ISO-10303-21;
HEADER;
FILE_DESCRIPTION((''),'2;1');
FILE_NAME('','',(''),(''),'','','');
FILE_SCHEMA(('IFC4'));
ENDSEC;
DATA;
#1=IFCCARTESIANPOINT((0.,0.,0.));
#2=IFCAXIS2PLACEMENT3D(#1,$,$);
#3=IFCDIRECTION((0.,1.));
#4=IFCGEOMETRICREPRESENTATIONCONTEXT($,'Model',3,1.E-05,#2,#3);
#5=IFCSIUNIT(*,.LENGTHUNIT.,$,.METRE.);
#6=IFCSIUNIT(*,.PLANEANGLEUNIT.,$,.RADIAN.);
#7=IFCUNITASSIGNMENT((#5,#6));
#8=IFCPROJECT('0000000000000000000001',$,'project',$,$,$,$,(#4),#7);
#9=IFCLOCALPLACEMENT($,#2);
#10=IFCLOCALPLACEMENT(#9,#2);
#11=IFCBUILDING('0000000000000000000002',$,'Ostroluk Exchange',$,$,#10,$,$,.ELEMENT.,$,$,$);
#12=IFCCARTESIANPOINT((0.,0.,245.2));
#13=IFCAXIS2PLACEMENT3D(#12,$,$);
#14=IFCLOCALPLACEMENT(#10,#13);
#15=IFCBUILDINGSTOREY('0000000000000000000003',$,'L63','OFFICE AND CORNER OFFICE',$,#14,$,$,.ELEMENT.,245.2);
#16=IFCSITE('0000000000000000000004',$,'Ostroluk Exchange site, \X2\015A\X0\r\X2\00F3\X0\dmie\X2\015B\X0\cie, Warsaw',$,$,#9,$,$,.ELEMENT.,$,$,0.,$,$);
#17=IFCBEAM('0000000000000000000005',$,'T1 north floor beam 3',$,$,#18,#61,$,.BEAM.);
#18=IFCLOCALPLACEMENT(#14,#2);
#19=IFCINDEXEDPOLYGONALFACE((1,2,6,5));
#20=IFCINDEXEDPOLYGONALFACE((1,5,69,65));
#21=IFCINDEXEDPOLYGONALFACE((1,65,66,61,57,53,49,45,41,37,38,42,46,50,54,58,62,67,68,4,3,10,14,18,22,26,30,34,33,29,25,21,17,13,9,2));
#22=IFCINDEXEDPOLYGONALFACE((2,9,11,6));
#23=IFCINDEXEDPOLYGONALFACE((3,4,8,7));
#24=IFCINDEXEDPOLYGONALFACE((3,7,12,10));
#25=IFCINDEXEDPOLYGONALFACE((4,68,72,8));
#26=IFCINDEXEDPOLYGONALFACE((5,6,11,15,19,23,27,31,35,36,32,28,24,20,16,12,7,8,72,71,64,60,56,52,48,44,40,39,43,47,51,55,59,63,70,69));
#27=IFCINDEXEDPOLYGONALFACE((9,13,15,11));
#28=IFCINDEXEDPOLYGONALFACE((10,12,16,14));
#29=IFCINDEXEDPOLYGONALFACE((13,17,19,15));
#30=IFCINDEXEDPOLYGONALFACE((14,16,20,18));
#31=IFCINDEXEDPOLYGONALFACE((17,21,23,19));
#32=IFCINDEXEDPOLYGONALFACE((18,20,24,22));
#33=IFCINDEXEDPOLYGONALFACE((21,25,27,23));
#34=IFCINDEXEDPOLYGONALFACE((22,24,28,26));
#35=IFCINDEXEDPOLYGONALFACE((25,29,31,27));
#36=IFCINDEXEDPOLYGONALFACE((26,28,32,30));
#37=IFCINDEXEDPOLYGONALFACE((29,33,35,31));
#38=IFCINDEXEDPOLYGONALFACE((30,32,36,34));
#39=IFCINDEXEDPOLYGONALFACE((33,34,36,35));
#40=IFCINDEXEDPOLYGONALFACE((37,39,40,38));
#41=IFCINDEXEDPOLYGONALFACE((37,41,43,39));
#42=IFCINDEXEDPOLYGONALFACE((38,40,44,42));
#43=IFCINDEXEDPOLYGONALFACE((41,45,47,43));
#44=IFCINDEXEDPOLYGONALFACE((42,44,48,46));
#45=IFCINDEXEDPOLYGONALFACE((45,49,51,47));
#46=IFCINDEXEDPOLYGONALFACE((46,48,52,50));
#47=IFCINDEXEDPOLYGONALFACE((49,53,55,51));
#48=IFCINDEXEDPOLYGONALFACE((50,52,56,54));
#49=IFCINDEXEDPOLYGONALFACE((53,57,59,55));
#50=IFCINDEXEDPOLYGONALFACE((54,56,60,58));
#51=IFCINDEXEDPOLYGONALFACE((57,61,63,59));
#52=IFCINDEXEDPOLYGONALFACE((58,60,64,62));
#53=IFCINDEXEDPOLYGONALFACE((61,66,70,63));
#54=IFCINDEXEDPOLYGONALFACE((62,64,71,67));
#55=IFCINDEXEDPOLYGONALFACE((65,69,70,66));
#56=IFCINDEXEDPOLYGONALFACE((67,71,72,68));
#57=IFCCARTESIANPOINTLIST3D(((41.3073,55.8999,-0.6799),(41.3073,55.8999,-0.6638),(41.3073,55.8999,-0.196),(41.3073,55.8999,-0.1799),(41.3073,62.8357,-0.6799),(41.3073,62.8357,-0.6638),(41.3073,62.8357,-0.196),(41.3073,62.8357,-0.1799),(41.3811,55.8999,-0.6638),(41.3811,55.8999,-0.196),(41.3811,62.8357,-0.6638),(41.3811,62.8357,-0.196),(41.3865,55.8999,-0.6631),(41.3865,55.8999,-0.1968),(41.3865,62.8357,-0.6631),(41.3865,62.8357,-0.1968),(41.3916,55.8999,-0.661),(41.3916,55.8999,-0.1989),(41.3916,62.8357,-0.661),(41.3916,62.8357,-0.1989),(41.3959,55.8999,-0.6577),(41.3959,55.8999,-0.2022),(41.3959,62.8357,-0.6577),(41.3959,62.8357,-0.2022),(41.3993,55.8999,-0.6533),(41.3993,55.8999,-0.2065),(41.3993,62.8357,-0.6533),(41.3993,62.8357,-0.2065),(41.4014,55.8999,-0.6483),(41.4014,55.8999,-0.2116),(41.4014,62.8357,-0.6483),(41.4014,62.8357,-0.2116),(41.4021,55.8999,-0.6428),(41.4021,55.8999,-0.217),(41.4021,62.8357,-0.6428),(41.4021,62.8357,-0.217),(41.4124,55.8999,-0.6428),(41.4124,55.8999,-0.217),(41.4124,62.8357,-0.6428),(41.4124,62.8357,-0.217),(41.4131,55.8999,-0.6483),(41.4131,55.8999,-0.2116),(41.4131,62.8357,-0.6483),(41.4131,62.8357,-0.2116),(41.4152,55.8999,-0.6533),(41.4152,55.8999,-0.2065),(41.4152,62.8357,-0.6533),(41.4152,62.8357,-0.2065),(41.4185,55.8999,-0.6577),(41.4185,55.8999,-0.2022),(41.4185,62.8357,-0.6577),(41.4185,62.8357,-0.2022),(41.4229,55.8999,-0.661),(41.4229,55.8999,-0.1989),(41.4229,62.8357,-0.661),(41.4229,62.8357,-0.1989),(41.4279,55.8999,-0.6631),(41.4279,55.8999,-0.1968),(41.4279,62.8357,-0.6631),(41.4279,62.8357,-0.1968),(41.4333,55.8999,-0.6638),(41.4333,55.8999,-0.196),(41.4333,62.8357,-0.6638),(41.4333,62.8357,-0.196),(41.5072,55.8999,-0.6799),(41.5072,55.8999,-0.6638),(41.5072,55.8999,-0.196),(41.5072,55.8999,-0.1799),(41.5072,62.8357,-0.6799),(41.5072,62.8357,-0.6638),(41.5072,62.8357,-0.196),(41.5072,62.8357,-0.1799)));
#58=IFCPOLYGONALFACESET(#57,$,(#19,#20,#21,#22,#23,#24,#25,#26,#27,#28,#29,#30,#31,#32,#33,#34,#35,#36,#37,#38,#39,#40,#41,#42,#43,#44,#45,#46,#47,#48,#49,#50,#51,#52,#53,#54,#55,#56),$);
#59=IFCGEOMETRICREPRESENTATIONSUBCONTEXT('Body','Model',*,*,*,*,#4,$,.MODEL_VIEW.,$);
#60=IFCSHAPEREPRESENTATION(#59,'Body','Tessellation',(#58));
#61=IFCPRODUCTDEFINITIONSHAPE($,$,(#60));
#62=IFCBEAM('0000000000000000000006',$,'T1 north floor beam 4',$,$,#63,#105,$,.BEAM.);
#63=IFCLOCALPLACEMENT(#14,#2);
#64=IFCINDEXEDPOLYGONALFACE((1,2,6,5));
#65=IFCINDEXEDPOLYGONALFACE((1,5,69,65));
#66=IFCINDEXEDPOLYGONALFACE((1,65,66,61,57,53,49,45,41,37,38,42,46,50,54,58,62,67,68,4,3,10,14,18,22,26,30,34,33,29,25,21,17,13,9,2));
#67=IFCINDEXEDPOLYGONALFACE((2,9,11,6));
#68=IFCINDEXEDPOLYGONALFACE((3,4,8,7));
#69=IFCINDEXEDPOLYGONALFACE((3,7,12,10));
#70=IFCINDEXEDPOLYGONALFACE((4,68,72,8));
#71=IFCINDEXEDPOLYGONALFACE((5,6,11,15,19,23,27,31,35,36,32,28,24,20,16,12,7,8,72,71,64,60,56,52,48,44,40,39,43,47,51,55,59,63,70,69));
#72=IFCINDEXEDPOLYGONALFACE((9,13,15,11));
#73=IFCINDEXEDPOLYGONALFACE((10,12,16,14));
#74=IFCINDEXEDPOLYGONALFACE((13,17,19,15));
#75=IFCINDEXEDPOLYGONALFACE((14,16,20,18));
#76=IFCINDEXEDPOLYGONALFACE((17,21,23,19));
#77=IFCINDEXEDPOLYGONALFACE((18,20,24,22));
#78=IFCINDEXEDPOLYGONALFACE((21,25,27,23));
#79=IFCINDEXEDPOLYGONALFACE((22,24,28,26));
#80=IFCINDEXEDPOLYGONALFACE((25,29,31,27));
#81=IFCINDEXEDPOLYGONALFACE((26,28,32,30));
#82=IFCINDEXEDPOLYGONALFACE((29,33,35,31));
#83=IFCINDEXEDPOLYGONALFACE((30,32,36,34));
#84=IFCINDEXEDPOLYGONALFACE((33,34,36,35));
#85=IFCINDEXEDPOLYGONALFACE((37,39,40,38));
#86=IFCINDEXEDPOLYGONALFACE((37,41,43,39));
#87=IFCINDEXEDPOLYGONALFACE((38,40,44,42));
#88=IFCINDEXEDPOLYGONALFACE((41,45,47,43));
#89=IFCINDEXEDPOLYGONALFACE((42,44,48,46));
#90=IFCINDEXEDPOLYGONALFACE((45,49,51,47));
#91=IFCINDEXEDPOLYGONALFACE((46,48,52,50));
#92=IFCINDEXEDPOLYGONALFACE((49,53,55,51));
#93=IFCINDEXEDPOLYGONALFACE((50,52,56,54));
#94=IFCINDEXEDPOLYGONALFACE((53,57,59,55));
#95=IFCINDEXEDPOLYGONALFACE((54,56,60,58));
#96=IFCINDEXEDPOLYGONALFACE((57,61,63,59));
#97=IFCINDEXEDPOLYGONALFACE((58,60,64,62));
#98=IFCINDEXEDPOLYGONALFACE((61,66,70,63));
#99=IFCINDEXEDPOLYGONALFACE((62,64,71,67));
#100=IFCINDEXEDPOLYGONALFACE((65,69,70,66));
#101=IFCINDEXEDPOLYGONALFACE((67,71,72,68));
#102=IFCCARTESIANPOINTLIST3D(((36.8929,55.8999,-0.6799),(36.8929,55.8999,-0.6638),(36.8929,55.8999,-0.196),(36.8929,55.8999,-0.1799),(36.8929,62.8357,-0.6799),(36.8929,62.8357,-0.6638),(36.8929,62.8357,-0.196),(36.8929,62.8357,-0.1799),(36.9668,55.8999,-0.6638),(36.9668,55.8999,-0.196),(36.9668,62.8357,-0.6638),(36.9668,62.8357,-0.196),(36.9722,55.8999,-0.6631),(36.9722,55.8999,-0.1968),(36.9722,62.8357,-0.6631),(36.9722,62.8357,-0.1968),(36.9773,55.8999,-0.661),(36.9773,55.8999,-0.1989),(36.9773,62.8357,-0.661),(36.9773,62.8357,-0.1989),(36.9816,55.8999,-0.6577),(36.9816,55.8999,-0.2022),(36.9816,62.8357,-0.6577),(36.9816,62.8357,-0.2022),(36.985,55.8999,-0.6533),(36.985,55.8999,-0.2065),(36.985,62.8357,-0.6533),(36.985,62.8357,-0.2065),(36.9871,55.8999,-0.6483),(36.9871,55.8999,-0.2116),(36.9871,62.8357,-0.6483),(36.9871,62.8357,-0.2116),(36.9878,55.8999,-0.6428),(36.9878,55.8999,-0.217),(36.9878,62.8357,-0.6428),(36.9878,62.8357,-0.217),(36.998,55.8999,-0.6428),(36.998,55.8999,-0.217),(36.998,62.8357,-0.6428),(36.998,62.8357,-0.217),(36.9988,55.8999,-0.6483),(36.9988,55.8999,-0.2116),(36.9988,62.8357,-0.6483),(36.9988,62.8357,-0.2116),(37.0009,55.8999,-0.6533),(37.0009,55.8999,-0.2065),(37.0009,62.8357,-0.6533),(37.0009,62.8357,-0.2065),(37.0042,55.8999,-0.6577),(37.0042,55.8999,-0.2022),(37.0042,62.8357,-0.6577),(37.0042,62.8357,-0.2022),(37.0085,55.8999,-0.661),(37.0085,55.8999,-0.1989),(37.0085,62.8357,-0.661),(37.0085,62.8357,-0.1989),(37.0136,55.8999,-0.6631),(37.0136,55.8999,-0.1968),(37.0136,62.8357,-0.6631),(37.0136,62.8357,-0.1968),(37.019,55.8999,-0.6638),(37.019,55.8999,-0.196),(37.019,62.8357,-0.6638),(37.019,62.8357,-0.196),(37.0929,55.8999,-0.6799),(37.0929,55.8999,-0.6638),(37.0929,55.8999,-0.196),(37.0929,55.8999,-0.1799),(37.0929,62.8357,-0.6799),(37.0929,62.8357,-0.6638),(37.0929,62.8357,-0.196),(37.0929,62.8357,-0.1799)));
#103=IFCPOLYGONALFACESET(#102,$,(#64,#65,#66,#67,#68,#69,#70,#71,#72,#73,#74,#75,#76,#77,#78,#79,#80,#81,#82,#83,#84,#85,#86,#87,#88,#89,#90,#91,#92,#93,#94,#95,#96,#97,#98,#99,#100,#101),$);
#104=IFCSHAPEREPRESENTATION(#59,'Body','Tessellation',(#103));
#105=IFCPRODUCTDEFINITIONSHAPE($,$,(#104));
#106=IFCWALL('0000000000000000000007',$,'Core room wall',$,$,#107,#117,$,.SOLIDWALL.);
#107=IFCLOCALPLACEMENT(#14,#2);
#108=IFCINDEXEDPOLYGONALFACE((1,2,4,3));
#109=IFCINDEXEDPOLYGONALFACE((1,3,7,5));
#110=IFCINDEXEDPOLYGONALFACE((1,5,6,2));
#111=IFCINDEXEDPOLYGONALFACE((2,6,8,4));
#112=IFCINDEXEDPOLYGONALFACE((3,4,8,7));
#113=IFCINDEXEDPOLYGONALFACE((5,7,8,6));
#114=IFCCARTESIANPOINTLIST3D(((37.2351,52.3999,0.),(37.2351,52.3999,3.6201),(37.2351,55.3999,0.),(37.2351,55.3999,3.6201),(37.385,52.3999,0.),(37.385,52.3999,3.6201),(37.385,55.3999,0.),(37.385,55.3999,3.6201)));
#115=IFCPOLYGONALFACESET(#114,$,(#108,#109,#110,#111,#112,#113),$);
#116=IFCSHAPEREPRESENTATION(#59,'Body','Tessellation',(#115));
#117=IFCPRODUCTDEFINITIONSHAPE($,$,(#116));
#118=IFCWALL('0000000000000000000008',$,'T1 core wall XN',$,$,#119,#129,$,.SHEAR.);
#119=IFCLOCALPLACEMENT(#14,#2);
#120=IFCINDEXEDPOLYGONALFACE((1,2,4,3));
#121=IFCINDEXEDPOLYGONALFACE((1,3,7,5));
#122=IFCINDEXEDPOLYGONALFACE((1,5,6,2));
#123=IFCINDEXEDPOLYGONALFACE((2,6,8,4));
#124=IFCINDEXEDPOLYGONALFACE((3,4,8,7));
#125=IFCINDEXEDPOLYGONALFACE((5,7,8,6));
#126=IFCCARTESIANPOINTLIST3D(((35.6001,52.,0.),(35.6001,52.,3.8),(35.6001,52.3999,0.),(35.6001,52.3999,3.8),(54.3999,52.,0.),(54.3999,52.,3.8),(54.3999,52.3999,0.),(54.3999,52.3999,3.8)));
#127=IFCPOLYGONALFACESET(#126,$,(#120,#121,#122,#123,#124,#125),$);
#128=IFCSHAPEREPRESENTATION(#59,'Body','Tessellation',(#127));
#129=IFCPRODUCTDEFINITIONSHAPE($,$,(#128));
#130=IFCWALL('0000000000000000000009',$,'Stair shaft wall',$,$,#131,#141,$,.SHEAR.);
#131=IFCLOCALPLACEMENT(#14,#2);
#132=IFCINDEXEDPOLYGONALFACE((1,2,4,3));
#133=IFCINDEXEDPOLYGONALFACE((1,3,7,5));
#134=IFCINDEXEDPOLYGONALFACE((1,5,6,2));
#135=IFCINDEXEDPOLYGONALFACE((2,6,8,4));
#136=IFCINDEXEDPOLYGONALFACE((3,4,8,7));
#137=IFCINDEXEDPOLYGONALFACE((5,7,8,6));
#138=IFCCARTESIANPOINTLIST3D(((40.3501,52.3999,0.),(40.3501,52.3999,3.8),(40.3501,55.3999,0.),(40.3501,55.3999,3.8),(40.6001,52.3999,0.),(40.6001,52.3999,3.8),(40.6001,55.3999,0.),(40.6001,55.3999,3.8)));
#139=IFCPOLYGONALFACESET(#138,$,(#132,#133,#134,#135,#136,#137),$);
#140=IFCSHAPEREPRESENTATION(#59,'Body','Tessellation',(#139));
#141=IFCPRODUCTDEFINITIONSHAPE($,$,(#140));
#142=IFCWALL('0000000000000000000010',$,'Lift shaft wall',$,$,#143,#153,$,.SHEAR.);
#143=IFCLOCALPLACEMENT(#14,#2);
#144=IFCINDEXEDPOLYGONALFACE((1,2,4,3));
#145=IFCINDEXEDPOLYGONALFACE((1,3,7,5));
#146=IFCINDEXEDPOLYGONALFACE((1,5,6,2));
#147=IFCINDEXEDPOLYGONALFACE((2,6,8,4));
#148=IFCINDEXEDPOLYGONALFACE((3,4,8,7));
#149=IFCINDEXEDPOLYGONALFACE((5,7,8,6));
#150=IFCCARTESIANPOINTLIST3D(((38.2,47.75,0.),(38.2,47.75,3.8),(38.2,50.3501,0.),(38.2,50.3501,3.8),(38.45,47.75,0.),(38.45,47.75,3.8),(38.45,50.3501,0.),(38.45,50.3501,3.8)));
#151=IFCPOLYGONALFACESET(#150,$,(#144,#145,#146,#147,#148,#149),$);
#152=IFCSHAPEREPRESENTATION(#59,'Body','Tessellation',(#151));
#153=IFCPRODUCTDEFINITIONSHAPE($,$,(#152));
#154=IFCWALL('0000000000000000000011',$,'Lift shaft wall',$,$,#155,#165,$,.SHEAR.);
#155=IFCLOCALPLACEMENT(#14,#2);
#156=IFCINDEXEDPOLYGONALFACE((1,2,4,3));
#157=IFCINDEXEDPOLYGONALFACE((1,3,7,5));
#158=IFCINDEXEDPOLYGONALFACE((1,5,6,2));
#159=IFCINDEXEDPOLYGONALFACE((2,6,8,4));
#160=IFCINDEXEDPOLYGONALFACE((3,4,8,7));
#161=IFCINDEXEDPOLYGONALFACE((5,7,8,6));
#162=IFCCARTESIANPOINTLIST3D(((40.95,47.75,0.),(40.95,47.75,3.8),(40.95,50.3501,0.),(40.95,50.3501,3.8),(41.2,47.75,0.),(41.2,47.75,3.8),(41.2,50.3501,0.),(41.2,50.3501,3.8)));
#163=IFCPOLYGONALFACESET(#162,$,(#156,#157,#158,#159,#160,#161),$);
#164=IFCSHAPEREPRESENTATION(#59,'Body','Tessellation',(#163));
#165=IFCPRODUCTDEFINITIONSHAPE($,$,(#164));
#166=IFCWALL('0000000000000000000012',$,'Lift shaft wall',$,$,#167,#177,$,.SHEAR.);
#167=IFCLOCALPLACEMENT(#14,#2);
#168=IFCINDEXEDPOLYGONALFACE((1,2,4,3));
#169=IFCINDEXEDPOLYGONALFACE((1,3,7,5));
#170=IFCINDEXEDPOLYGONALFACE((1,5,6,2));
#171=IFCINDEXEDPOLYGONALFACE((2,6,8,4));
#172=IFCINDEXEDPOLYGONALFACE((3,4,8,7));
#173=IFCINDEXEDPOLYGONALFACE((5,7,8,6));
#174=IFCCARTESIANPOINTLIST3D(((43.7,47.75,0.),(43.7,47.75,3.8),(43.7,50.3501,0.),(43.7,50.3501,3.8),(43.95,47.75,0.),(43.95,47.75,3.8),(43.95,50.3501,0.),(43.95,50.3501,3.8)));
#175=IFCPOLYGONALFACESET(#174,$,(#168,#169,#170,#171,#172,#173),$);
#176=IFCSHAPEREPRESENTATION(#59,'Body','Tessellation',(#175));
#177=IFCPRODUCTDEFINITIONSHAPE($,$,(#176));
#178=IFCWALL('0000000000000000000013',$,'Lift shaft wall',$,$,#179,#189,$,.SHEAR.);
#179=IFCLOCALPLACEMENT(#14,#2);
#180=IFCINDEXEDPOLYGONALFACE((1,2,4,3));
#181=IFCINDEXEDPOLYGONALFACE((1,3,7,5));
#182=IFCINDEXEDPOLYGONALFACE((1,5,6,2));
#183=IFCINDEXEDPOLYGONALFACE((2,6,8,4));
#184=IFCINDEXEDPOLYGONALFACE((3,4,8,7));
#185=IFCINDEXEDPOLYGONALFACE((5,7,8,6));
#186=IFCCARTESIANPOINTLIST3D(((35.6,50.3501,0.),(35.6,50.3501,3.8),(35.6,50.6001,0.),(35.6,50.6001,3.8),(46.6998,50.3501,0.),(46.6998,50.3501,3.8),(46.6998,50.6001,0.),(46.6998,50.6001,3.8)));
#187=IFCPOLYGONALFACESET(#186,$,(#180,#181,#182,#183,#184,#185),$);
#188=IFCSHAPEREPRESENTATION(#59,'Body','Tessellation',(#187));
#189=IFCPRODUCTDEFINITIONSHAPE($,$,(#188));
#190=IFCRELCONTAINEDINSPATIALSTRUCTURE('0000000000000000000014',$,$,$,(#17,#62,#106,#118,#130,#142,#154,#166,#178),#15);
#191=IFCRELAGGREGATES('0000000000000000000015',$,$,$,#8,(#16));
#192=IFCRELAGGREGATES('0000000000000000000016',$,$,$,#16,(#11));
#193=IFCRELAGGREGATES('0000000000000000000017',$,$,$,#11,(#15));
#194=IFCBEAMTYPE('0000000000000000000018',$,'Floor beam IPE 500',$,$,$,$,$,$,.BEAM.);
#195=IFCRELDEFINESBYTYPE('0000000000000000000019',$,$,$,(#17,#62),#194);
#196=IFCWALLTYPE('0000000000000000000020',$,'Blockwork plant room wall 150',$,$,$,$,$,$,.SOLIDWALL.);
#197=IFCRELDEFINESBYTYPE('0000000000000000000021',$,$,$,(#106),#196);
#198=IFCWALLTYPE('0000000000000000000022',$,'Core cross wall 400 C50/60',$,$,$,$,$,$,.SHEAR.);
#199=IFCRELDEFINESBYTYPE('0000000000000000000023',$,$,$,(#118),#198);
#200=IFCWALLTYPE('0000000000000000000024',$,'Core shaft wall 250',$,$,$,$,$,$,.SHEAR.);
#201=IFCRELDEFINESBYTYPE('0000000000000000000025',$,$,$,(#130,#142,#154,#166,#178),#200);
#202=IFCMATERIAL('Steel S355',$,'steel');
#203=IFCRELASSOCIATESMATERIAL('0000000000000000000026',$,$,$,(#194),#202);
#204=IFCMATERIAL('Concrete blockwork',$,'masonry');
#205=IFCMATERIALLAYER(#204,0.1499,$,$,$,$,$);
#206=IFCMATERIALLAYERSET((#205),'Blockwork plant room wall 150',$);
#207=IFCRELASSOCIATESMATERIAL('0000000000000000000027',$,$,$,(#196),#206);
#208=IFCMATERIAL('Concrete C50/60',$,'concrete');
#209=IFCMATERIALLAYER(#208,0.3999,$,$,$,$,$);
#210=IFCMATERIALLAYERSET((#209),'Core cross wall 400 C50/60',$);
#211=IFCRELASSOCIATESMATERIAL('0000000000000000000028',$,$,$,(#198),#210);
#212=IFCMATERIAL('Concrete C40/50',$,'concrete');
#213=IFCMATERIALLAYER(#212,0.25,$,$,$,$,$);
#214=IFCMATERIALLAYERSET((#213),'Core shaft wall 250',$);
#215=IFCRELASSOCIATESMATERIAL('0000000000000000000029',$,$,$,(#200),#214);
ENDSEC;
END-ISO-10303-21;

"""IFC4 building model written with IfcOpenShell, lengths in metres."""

from ifc_helpers import new_model, si_unit, direction, frame, frame_2d, origin, origin_2d, place, context, subcontext, project, spatial, rectangle, i_section, extrude, material, layer, layer_set, material_profile, profile_set, type_object, element, save


model = new_model("IFC4")

# Units and contexts
model_context = context("Model", 3, precision=1e-05, world=origin(), true_north=direction((0.0, 1.0)))
body_context = subcontext(model_context, "Body", "Model", "MODEL_VIEW")
ifc_project = project(units=[si_unit("LENGTHUNIT", "METRE"), si_unit("PLANEANGLEUNIT", "RADIAN")], contexts=[model_context])

# Site, building, storey
site_placement = place(None, origin())
site = spatial("IfcSite", under=ifc_project, at=site_placement, Name="Ostroluk Exchange site, Śródmieście, Warsaw", CompositionType="ELEMENT", RefElevation=0.0)
building_placement = place(site_placement, origin())
building = spatial("IfcBuilding", under=site, at=building_placement, Name="Ostroluk Exchange", CompositionType="ELEMENT")
storey_placement = place(building_placement, frame((0.0, 0.0, 245.2)))
storey = spatial("IfcBuildingStorey", under=building, at=storey_placement, Name="L63", Description="OFFICE AND CORNER OFFICE", CompositionType="ELEMENT", Elevation=245.2)

# Beams
ifc_material_1 = material(Name="Steel S355", Category="steel")
ifc_material_profile = material_profile(ifc_material_1, i_section(OverallWidth=0.2, OverallDepth=0.5, WebThickness=0.0103, FlangeThickness=0.0161, FilletRadius=0.021, at=origin_2d()), Name="IPE 500")
ifc_profile_set = profile_set([ifc_material_profile], Name="Steel S355")
beam_type = type_object("IfcBeamType", Name="Floor beam IPE 500", PredefinedType="BEAM", material=ifc_profile_set)
for number, where, z_axis, x_axis, name in (
    (1, (41.4072, 55.8999, -0.4299), (0.0, 1.0, 0.0), (-1.0, 0.0, 0.0), "T1 north floor beam 3"),
    (2, (36.9929, 55.8999, -0.4299), (0.0, 1.0, 0.0), (-1.0, 0.0, 0.0), "T1 north floor beam 4"),
):
    element("IfcBeam", number, at=place(storey_placement, frame(where, z_axis=z_axis, x_axis=x_axis)), inside=storey, type_object=beam_type, Name=name, PredefinedType="BEAM", context=body_context, shape_type="SweptSolid", body=[
        extrude(i_section(OverallWidth=0.2, OverallDepth=0.5, WebThickness=0.0103, FlangeThickness=0.0161, FilletRadius=0.021, at=origin_2d()), origin(), (0.0, 0.0, 1.0), 6.9358),
    ])

# Walls
ifc_material_2 = material(Name="Concrete blockwork", Category="masonry")
ifc_layer_1 = layer(ifc_material_2, 0.1499)
ifc_layer_set_1 = layer_set([ifc_layer_1], Name="Blockwork plant room wall 150")
wall_type_1 = type_object("IfcWallType", Name="Blockwork plant room wall 150", PredefinedType="SOLIDWALL", material=ifc_layer_set_1)
wall_1_placement = place(storey_placement, frame((37.3101, 52.3999, 0.0), z_axis=(0.0, 0.0, 1.0), x_axis=(0.0, 1.0, 0.0)))
element("IfcWall", 3, at=wall_1_placement, inside=storey, type_object=wall_type_1, Name="Core room wall", PredefinedType="SOLIDWALL", context=body_context, shape_type="SweptSolid", body=[
    extrude(rectangle(XDim=3.0, YDim=0.1499, at=frame_2d((1.5, 0.0))), origin(), (0.0, 0.0, 1.0), 3.6201),
])
ifc_material_3 = material(Name="Concrete C50/60", Category="concrete")
ifc_layer_2 = layer(ifc_material_3, 0.3999)
ifc_layer_set_2 = layer_set([ifc_layer_2], Name="Core cross wall 400 C50/60")
wall_type_2 = type_object("IfcWallType", Name="Core cross wall 400 C50/60", PredefinedType="SHEAR", material=ifc_layer_set_2)
wall_2_placement = place(storey_placement, frame((35.6001, 52.2, 0.0), z_axis=(0.0, 0.0, 1.0), x_axis=(1.0, 0.0, 0.0)))
element("IfcWall", 4, at=wall_2_placement, inside=storey, type_object=wall_type_2, Name="T1 core wall XN", PredefinedType="SHEAR", context=body_context, shape_type="SweptSolid", body=[
    extrude(rectangle(XDim=18.7998, YDim=0.3999, at=frame_2d((9.3999, 0.0))), origin(), (0.0, 0.0, 1.0), 3.8),
])
ifc_material_4 = material(Name="Concrete C40/50", Category="concrete")
ifc_layer_3 = layer(ifc_material_4, 0.25)
ifc_layer_set_3 = layer_set([ifc_layer_3], Name="Core shaft wall 250")
wall_type_3 = type_object("IfcWallType", Name="Core shaft wall 250", PredefinedType="SHEAR", material=ifc_layer_set_3)
wall_3_placement = place(storey_placement, frame((40.4751, 52.3999, 0.0), z_axis=(0.0, 0.0, 1.0), x_axis=(0.0, 1.0, 0.0)))
element("IfcWall", 5, at=wall_3_placement, inside=storey, type_object=wall_type_3, Name="Stair shaft wall", PredefinedType="SHEAR", context=body_context, shape_type="SweptSolid", body=[
    extrude(rectangle(XDim=3.0, YDim=0.25, at=frame_2d((1.5, 0.0))), origin(), (0.0, 0.0, 1.0), 3.8),
])
for number, where, z_axis, x_axis, name in (
    (6, (38.325, 47.75, 0.0), (0.0, 0.0, 1.0), (0.0, 1.0, 0.0), "Lift shaft wall"),
    (7, (41.075, 47.75, 0.0), (0.0, 0.0, 1.0), (0.0, 1.0, 0.0), "Lift shaft wall"),
    (8, (43.825, 47.75, 0.0), (0.0, 0.0, 1.0), (0.0, 1.0, 0.0), "Lift shaft wall"),
):
    element("IfcWall", number, at=place(storey_placement, frame(where, z_axis=z_axis, x_axis=x_axis)), inside=storey, type_object=wall_type_3, Name=name, PredefinedType="SHEAR", context=body_context, shape_type="SweptSolid", body=[
        extrude(rectangle(XDim=2.6001, YDim=0.25, at=frame_2d((1.3, 0.0))), origin(), (0.0, 0.0, 1.0), 3.8),
    ])
wall_4_placement = place(storey_placement, frame((35.6001, 50.4751, 0.0), z_axis=(0.0, 0.0, 1.0), x_axis=(1.0, 0.0, 0.0)))
element("IfcWall", 9, at=wall_4_placement, inside=storey, type_object=wall_type_3, Name="Lift shaft wall", PredefinedType="SHEAR", context=body_context, shape_type="SweptSolid", body=[
    extrude(rectangle(XDim=11.0999, YDim=0.25, at=frame_2d((5.5498, 0.0))), origin(), (0.0, 0.0, 1.0), 3.8),
])

save(model, "model.ifc")
